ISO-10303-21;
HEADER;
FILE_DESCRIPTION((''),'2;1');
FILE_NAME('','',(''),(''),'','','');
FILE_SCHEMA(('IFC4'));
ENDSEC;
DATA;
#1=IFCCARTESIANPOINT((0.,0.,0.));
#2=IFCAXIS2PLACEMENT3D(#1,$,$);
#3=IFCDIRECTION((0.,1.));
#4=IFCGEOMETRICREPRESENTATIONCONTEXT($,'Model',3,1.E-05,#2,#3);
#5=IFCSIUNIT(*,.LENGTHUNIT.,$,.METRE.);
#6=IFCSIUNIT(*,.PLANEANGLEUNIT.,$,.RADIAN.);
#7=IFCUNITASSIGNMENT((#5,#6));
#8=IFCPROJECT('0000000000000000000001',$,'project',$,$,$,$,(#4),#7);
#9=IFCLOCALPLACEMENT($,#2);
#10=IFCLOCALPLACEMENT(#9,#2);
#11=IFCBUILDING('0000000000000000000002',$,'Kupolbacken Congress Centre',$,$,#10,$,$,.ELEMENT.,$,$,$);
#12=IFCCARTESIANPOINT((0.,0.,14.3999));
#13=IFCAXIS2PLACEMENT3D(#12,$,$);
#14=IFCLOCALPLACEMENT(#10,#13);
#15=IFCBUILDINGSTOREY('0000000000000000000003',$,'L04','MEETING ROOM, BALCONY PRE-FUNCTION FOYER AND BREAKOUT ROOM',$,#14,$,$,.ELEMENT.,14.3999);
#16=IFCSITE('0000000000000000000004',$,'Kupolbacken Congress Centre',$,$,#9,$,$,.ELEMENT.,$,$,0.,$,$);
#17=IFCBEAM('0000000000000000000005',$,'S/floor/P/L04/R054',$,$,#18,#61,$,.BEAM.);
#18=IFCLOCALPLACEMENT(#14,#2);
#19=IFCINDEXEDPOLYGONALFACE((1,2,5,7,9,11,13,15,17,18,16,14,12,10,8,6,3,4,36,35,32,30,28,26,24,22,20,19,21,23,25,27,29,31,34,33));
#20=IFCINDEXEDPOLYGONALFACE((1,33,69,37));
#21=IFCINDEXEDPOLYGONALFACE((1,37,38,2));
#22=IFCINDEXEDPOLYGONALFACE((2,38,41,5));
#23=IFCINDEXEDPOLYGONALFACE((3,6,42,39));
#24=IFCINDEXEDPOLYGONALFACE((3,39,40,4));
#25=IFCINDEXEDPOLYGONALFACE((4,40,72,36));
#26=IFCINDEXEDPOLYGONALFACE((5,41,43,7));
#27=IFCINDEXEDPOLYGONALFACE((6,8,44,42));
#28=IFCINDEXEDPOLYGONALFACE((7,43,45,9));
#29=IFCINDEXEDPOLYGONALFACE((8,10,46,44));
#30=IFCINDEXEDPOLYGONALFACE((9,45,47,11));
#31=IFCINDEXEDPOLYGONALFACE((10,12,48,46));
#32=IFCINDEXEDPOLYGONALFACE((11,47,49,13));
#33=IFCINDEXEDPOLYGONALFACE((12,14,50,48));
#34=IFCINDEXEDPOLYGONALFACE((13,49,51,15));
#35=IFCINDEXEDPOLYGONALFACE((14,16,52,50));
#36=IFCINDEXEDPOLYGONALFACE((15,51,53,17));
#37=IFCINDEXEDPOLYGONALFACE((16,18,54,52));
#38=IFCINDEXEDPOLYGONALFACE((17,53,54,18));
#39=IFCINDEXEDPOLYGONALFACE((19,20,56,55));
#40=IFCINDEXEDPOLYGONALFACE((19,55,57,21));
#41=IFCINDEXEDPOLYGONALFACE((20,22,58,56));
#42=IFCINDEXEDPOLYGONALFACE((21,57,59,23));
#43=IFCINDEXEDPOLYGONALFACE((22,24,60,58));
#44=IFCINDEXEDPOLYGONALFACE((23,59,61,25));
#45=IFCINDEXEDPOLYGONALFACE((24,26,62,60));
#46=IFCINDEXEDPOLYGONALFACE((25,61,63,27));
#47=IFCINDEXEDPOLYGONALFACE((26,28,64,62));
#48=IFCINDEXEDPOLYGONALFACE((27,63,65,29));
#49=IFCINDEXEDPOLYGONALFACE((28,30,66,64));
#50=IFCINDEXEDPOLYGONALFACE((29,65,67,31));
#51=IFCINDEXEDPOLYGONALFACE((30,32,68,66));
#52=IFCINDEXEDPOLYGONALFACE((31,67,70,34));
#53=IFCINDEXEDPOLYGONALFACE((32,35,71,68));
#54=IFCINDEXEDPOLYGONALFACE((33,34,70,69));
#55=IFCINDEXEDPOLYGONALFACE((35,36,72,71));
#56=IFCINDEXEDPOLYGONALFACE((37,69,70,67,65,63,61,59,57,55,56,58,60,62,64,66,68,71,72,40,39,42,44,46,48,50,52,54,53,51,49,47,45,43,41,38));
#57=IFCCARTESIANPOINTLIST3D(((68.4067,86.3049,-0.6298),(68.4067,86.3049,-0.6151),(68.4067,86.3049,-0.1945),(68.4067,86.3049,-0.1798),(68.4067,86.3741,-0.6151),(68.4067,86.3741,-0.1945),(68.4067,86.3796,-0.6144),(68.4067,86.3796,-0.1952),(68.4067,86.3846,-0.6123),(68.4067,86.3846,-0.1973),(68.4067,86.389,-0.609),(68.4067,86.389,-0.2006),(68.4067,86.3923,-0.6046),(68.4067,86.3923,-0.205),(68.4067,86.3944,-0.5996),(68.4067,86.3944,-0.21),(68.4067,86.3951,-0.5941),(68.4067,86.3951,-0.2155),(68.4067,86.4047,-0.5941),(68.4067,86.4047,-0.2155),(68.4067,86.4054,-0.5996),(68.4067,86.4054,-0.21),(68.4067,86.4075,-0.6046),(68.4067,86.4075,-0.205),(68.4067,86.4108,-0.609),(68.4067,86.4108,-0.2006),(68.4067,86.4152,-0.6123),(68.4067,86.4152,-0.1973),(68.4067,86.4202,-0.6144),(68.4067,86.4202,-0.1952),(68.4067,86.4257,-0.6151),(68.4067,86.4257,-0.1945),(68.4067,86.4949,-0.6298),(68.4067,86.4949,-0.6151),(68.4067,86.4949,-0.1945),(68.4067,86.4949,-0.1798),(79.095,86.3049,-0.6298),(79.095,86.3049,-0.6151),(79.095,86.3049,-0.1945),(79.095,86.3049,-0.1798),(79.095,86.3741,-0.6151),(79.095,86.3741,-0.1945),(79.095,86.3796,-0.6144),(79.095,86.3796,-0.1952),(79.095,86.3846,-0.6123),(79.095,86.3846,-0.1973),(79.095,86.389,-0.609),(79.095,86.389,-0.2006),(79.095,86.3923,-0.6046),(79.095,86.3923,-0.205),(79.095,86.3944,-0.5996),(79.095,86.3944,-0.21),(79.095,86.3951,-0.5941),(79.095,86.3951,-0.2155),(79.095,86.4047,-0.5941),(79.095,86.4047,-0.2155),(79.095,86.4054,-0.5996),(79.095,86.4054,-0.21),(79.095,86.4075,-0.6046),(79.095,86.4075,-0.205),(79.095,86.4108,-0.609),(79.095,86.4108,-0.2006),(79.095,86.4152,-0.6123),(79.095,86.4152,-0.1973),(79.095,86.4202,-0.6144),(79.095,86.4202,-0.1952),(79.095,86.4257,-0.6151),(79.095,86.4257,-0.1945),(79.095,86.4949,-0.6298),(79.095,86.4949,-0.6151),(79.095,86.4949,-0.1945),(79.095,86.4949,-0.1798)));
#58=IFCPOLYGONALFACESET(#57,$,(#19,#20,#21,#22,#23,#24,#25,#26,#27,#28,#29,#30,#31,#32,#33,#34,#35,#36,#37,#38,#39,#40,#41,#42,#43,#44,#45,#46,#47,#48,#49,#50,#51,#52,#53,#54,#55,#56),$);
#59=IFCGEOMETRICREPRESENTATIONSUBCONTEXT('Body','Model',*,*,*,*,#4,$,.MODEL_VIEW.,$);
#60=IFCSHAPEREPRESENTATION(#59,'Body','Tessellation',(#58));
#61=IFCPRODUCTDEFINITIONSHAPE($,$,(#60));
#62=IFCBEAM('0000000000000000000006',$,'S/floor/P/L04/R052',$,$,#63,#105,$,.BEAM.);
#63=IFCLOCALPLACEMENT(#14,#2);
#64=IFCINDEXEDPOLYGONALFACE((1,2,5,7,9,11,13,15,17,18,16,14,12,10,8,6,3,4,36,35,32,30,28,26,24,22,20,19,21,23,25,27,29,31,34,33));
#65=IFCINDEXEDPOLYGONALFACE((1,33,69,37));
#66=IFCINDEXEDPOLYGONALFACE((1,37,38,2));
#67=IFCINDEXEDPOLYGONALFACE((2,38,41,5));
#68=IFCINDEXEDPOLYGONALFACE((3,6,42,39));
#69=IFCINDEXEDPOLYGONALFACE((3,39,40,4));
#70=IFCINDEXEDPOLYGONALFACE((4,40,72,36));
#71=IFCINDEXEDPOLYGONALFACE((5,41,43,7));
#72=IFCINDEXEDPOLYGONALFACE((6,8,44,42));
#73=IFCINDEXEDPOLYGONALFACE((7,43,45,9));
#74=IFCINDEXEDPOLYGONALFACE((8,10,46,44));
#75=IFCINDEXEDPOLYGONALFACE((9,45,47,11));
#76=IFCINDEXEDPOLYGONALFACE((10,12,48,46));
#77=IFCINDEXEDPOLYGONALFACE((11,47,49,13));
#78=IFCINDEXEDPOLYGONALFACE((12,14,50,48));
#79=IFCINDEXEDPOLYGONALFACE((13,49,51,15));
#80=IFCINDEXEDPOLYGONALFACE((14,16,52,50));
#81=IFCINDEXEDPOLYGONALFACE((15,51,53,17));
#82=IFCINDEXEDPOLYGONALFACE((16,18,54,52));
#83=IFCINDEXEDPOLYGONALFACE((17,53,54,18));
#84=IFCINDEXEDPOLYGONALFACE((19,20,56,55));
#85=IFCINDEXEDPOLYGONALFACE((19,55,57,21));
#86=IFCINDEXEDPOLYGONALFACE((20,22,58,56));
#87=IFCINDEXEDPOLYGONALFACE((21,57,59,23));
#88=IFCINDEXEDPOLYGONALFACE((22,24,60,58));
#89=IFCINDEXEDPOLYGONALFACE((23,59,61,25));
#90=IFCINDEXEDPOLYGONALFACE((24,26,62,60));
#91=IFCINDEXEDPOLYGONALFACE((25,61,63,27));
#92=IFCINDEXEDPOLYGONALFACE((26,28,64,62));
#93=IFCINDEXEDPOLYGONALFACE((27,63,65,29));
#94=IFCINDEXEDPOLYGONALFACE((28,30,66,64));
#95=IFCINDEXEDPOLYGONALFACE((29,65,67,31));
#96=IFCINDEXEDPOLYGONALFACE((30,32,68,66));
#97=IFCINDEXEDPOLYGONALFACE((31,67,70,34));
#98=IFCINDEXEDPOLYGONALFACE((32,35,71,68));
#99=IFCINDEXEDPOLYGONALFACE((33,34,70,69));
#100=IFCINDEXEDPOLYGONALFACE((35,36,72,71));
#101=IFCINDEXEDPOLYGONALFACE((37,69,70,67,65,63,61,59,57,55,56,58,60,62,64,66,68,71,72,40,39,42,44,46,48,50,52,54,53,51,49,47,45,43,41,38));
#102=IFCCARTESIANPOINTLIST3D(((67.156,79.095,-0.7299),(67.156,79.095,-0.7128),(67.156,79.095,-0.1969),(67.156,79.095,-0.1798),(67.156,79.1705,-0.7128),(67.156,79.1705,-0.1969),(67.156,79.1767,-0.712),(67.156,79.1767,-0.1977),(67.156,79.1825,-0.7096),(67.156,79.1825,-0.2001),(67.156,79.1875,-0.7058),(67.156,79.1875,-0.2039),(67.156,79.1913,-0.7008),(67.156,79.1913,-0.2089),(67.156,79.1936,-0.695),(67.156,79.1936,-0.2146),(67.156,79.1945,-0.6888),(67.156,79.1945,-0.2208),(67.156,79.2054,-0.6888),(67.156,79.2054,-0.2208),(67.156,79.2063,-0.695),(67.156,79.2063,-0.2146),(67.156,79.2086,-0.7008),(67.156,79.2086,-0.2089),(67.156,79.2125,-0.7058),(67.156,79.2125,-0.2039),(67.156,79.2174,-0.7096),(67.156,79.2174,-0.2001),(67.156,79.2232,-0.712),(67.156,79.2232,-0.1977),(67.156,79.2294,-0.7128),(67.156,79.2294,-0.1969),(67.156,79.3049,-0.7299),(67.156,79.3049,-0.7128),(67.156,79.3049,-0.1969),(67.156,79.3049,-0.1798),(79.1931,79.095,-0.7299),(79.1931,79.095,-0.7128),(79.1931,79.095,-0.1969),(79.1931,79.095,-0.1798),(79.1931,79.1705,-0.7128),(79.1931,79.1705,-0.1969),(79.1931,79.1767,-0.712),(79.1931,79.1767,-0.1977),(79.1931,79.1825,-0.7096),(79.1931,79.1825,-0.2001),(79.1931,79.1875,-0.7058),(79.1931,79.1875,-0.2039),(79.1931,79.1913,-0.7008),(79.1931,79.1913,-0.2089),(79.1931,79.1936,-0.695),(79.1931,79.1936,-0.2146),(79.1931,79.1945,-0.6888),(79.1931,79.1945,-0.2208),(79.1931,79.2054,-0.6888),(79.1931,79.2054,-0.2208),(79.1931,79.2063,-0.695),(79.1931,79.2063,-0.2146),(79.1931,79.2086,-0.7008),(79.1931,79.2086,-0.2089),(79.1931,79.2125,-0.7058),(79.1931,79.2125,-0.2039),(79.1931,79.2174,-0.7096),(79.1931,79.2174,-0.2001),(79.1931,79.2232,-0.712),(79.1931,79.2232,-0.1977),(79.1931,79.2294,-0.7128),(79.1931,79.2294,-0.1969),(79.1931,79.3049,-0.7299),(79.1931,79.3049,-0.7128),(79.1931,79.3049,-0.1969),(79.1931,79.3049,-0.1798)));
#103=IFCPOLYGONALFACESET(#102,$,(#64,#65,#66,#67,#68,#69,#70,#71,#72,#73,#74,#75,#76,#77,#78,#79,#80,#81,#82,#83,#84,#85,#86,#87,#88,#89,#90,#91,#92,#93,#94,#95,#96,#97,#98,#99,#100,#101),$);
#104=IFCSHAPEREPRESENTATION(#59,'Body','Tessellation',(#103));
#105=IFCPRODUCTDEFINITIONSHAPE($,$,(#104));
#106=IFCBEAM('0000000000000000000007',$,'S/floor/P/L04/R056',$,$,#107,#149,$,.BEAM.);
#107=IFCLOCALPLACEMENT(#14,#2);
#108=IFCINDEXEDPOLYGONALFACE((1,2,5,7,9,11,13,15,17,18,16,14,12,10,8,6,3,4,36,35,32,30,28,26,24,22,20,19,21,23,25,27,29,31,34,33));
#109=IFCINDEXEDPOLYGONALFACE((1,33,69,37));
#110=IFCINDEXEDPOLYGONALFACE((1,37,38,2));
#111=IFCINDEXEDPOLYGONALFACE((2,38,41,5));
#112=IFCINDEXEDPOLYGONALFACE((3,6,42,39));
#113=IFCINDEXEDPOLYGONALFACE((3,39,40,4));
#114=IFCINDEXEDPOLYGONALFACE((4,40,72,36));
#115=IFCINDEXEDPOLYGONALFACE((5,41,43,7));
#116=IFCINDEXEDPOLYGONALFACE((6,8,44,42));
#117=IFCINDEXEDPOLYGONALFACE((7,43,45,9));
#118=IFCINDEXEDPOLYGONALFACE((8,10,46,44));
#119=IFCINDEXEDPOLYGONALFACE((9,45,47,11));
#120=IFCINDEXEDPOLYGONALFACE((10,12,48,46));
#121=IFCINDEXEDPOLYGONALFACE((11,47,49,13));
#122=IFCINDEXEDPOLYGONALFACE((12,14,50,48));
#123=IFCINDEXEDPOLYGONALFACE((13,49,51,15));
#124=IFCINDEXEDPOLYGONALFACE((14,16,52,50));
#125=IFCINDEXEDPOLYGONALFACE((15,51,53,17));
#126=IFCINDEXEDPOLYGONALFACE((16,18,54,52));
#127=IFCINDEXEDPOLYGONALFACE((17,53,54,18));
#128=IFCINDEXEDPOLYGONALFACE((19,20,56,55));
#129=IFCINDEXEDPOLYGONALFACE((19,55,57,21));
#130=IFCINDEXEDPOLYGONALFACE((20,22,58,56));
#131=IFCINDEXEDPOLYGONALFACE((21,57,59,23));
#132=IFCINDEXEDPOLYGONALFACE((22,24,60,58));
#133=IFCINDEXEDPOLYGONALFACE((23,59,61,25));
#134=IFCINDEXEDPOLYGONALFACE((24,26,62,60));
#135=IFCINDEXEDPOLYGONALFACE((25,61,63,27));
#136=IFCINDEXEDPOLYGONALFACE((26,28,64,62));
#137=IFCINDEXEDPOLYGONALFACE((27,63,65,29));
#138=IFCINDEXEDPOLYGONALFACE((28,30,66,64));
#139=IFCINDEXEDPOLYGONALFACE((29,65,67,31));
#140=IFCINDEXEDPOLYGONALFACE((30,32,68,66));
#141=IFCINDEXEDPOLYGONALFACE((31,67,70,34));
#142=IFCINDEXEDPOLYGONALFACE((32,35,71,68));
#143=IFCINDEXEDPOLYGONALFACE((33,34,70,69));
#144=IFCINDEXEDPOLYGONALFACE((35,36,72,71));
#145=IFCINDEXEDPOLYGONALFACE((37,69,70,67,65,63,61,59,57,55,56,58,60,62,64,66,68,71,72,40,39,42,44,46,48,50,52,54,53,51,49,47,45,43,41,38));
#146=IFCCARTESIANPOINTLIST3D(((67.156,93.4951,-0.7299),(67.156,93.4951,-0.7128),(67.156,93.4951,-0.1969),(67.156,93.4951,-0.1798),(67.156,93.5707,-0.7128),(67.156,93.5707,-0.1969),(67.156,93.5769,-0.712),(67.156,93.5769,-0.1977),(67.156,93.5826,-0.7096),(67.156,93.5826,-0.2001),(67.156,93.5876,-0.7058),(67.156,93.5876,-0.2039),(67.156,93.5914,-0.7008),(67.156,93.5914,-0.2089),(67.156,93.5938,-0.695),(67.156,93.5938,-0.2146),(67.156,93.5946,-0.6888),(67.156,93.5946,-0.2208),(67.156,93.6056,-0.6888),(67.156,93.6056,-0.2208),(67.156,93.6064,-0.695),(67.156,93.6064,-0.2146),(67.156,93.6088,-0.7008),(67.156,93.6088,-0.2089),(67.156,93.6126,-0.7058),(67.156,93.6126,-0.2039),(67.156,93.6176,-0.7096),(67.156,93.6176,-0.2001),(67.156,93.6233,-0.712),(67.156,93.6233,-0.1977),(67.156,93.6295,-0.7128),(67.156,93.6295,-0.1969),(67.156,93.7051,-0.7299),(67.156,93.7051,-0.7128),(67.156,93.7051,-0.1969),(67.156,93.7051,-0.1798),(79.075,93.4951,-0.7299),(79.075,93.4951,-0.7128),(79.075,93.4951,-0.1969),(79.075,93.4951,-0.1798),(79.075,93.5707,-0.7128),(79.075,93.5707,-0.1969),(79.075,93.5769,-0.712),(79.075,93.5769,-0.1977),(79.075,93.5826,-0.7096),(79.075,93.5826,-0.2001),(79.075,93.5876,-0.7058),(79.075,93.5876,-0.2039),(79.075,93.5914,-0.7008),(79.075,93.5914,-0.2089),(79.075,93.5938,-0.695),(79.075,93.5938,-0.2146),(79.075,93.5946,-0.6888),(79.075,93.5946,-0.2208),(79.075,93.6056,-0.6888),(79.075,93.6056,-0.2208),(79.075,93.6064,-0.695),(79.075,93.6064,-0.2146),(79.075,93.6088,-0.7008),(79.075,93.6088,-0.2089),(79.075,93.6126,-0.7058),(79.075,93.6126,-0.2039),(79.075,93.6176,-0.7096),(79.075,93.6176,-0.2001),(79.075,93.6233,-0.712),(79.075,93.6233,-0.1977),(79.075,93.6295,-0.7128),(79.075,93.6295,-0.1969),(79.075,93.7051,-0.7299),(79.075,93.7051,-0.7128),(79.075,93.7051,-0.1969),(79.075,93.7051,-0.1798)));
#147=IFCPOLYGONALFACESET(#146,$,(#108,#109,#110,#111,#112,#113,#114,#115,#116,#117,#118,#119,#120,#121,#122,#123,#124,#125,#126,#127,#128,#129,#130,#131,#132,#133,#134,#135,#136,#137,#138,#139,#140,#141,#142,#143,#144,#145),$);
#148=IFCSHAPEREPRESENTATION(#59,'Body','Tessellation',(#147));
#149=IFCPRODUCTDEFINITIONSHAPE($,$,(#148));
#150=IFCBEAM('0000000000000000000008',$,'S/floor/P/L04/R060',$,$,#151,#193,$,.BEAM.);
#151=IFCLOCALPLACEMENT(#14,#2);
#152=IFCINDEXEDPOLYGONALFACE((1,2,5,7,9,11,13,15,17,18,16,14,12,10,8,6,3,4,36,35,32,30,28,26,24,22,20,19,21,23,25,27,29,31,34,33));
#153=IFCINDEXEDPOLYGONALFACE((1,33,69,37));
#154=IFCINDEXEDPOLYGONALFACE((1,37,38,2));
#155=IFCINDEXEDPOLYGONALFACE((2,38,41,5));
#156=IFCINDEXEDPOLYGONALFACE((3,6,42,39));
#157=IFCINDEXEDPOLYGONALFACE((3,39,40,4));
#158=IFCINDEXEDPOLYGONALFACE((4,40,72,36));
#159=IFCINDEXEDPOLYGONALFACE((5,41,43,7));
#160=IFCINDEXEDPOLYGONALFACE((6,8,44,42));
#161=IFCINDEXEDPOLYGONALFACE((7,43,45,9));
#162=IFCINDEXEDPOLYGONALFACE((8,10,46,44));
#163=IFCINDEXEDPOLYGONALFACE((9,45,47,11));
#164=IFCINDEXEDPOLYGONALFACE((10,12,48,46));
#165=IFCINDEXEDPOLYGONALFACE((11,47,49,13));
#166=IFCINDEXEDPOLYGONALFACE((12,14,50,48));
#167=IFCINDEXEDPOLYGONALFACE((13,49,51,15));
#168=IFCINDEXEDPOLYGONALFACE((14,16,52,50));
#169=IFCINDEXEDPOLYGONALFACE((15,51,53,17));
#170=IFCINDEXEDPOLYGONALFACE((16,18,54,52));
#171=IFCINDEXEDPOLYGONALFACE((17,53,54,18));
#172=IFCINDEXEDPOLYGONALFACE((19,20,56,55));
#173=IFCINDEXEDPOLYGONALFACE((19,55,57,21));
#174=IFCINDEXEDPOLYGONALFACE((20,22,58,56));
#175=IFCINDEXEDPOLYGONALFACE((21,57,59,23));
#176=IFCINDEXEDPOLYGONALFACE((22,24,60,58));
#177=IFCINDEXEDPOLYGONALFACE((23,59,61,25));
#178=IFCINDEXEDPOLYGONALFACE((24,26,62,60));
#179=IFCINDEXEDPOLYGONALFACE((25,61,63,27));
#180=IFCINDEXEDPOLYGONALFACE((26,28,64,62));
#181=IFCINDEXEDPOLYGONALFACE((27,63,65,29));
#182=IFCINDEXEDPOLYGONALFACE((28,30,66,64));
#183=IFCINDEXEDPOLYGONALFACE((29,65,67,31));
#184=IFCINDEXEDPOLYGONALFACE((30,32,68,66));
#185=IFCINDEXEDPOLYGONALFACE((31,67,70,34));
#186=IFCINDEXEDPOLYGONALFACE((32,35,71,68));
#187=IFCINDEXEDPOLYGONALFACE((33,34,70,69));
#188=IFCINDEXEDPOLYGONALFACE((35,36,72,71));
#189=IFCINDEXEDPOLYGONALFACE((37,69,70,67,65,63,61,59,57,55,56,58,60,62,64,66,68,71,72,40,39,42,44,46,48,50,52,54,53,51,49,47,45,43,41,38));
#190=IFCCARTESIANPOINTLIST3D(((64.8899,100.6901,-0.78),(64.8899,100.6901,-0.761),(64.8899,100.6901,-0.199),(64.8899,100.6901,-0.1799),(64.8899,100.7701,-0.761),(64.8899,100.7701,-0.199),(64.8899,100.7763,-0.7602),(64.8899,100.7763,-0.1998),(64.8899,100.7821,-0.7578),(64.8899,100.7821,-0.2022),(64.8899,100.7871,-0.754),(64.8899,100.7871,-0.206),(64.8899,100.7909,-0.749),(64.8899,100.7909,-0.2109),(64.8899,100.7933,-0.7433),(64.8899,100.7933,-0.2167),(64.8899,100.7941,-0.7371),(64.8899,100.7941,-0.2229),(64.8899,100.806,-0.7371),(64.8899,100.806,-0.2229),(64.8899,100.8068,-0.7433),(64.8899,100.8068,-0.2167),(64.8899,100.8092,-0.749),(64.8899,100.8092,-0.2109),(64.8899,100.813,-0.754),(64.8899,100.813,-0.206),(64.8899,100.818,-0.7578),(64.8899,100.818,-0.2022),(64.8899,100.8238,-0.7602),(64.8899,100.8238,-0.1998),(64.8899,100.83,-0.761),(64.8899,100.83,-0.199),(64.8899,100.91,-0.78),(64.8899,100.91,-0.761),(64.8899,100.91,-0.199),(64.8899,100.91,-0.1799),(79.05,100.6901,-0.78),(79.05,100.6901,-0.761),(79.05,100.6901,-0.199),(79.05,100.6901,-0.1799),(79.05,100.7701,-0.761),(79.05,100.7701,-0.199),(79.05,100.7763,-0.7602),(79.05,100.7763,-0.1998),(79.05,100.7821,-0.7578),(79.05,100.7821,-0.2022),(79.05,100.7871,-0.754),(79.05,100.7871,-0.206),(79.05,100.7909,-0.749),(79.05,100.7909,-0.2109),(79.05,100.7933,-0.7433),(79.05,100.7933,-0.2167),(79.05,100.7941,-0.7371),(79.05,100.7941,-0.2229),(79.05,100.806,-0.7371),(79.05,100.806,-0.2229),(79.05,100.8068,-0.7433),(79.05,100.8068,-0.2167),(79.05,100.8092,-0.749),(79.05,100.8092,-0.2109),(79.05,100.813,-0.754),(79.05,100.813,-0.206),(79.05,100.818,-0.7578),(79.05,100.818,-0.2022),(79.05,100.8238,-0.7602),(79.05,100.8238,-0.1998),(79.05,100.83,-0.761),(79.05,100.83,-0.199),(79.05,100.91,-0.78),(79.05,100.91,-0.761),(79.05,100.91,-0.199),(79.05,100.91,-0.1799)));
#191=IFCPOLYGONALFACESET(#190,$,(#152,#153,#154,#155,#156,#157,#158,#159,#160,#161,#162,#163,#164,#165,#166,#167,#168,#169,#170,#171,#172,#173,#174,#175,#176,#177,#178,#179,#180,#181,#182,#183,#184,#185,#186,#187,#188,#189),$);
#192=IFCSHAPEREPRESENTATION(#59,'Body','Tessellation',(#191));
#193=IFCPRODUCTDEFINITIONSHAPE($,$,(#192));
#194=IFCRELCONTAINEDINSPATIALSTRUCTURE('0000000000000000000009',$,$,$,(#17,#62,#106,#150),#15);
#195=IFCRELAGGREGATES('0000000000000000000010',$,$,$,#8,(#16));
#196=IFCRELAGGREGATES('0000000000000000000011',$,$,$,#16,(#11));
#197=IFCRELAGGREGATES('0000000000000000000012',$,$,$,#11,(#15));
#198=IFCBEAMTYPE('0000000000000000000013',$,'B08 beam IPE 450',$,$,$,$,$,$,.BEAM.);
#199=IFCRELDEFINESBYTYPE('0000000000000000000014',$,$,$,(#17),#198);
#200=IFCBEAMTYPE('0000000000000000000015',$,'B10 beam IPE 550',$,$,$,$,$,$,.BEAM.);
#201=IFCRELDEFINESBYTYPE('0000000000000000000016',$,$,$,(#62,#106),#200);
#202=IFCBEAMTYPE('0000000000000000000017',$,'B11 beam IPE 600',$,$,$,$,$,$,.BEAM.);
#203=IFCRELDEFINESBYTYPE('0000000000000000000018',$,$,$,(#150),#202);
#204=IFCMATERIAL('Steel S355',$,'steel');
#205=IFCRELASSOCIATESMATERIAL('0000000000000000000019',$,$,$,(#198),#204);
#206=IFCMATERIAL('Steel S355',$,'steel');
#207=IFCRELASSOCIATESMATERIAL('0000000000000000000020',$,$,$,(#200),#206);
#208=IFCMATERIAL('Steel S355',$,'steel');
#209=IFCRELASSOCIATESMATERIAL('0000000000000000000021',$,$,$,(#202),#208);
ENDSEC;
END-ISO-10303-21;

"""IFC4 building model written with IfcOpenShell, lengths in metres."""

from ifc_helpers import new_model, si_unit, direction, frame, origin, origin_2d, place, context, subcontext, project, spatial, i_section, extrude, material, material_profile, profile_set, type_object, element, save


model = new_model("IFC4")

# Units and contexts
model_context = context("Model", 3, precision=1e-05, world=origin(), true_north=direction((0.0, 1.0)))
body_context = subcontext(model_context, "Body", "Model", "MODEL_VIEW")
ifc_project = project(units=[si_unit("LENGTHUNIT", "METRE"), si_unit("PLANEANGLEUNIT", "RADIAN")], contexts=[model_context])

# Site, building, storey
site_placement = place(None, origin())
site = spatial("IfcSite", under=ifc_project, at=site_placement, Name="Kupolbacken Congress Centre", CompositionType="ELEMENT", RefElevation=0.0)
building_placement = place(site_placement, origin())
building = spatial("IfcBuilding", under=site, at=building_placement, Name="Kupolbacken Congress Centre", CompositionType="ELEMENT")
storey_placement = place(building_placement, frame((0.0, 0.0, 14.3999)))
storey = spatial("IfcBuildingStorey", under=building, at=storey_placement, Name="L04", Description="MEETING ROOM, BALCONY PRE-FUNCTION FOYER AND BREAKOUT ROOM", CompositionType="ELEMENT", Elevation=14.3999)

# Beams
ifc_material_1 = material(Name="Steel S355", Category="steel")
ifc_material_profile_1 = material_profile(ifc_material_1, i_section(OverallWidth=0.1899, OverallDepth=0.45, WebThickness=0.0095, FlangeThickness=0.0146, FilletRadius=0.021, at=origin_2d()), Name="IPE 450")
ifc_profile_set_1 = profile_set([ifc_material_profile_1], Name="Steel S355")
beam_type_1 = type_object("IfcBeamType", Name="B08 beam IPE 450", PredefinedType="BEAM", material=ifc_profile_set_1)
beam_1_placement = place(storey_placement, frame((68.4067, 86.3999, -0.4048), z_axis=(1.0, 0.0, 0.0), x_axis=(0.0, 1.0, 0.0)))
element("IfcBeam", 1, at=beam_1_placement, inside=storey, type_object=beam_type_1, Name="S/floor/P/L04/R054", PredefinedType="BEAM", context=body_context, shape_type="SweptSolid", body=[
    extrude(i_section(OverallWidth=0.1899, OverallDepth=0.45, WebThickness=0.0095, FlangeThickness=0.0146, FilletRadius=0.021, at=origin_2d()), origin(), (0.0, 0.0, 1.0), 10.6882),
])
ifc_material_2 = material(Name="Steel S355", Category="steel")
ifc_material_profile_2 = material_profile(ifc_material_2, i_section(OverallWidth=0.21, OverallDepth=0.55, WebThickness=0.011, FlangeThickness=0.0171, FilletRadius=0.0239, at=origin_2d()), Name="IPE 550")
ifc_profile_set_2 = profile_set([ifc_material_profile_2], Name="Steel S355")
beam_type_2 = type_object("IfcBeamType", Name="B10 beam IPE 550", PredefinedType="BEAM", material=ifc_profile_set_2)
beam_2_placement = place(storey_placement, frame((67.156, 79.2, -0.4548), z_axis=(1.0, 0.0, 0.0), x_axis=(0.0, 1.0, 0.0)))
element("IfcBeam", 2, at=beam_2_placement, inside=storey, type_object=beam_type_2, Name="S/floor/P/L04/R052", PredefinedType="BEAM", context=body_context, shape_type="SweptSolid", body=[
    extrude(i_section(OverallWidth=0.21, OverallDepth=0.55, WebThickness=0.011, FlangeThickness=0.0171, FilletRadius=0.0239, at=origin_2d()), origin(), (0.0, 0.0, 1.0), 12.0371),
])
beam_3_placement = place(storey_placement, frame((67.156, 93.6001, -0.4548), z_axis=(1.0, 0.0, 0.0), x_axis=(0.0, 1.0, 0.0)))
element("IfcBeam", 3, at=beam_3_placement, inside=storey, type_object=beam_type_2, Name="S/floor/P/L04/R056", PredefinedType="BEAM", context=body_context, shape_type="SweptSolid", body=[
    extrude(i_section(OverallWidth=0.21, OverallDepth=0.55, WebThickness=0.011, FlangeThickness=0.0171, FilletRadius=0.0239, at=origin_2d()), origin(), (0.0, 0.0, 1.0), 11.9189),
])
ifc_material_3 = material(Name="Steel S355", Category="steel")
ifc_material_profile_3 = material_profile(ifc_material_3, i_section(OverallWidth=0.22, OverallDepth=0.6001, WebThickness=0.012, FlangeThickness=0.019, FilletRadius=0.0239, at=origin_2d()), Name="IPE 600")
ifc_profile_set_3 = profile_set([ifc_material_profile_3], Name="Steel S355")
beam_type_3 = type_object("IfcBeamType", Name="B11 beam IPE 600", PredefinedType="BEAM", material=ifc_profile_set_3)
beam_4_placement = place(storey_placement, frame((64.8899, 100.8, -0.48), z_axis=(1.0, 0.0, 0.0), x_axis=(0.0, 1.0, 0.0)))
element("IfcBeam", 4, at=beam_4_placement, inside=storey, type_object=beam_type_3, Name="S/floor/P/L04/R060", PredefinedType="BEAM", context=body_context, shape_type="SweptSolid", body=[
    extrude(i_section(OverallWidth=0.22, OverallDepth=0.6001, WebThickness=0.012, FlangeThickness=0.019, FilletRadius=0.0239, at=origin_2d()), origin(), (0.0, 0.0, 1.0), 14.1602),
])

save(model, "model.ifc")
